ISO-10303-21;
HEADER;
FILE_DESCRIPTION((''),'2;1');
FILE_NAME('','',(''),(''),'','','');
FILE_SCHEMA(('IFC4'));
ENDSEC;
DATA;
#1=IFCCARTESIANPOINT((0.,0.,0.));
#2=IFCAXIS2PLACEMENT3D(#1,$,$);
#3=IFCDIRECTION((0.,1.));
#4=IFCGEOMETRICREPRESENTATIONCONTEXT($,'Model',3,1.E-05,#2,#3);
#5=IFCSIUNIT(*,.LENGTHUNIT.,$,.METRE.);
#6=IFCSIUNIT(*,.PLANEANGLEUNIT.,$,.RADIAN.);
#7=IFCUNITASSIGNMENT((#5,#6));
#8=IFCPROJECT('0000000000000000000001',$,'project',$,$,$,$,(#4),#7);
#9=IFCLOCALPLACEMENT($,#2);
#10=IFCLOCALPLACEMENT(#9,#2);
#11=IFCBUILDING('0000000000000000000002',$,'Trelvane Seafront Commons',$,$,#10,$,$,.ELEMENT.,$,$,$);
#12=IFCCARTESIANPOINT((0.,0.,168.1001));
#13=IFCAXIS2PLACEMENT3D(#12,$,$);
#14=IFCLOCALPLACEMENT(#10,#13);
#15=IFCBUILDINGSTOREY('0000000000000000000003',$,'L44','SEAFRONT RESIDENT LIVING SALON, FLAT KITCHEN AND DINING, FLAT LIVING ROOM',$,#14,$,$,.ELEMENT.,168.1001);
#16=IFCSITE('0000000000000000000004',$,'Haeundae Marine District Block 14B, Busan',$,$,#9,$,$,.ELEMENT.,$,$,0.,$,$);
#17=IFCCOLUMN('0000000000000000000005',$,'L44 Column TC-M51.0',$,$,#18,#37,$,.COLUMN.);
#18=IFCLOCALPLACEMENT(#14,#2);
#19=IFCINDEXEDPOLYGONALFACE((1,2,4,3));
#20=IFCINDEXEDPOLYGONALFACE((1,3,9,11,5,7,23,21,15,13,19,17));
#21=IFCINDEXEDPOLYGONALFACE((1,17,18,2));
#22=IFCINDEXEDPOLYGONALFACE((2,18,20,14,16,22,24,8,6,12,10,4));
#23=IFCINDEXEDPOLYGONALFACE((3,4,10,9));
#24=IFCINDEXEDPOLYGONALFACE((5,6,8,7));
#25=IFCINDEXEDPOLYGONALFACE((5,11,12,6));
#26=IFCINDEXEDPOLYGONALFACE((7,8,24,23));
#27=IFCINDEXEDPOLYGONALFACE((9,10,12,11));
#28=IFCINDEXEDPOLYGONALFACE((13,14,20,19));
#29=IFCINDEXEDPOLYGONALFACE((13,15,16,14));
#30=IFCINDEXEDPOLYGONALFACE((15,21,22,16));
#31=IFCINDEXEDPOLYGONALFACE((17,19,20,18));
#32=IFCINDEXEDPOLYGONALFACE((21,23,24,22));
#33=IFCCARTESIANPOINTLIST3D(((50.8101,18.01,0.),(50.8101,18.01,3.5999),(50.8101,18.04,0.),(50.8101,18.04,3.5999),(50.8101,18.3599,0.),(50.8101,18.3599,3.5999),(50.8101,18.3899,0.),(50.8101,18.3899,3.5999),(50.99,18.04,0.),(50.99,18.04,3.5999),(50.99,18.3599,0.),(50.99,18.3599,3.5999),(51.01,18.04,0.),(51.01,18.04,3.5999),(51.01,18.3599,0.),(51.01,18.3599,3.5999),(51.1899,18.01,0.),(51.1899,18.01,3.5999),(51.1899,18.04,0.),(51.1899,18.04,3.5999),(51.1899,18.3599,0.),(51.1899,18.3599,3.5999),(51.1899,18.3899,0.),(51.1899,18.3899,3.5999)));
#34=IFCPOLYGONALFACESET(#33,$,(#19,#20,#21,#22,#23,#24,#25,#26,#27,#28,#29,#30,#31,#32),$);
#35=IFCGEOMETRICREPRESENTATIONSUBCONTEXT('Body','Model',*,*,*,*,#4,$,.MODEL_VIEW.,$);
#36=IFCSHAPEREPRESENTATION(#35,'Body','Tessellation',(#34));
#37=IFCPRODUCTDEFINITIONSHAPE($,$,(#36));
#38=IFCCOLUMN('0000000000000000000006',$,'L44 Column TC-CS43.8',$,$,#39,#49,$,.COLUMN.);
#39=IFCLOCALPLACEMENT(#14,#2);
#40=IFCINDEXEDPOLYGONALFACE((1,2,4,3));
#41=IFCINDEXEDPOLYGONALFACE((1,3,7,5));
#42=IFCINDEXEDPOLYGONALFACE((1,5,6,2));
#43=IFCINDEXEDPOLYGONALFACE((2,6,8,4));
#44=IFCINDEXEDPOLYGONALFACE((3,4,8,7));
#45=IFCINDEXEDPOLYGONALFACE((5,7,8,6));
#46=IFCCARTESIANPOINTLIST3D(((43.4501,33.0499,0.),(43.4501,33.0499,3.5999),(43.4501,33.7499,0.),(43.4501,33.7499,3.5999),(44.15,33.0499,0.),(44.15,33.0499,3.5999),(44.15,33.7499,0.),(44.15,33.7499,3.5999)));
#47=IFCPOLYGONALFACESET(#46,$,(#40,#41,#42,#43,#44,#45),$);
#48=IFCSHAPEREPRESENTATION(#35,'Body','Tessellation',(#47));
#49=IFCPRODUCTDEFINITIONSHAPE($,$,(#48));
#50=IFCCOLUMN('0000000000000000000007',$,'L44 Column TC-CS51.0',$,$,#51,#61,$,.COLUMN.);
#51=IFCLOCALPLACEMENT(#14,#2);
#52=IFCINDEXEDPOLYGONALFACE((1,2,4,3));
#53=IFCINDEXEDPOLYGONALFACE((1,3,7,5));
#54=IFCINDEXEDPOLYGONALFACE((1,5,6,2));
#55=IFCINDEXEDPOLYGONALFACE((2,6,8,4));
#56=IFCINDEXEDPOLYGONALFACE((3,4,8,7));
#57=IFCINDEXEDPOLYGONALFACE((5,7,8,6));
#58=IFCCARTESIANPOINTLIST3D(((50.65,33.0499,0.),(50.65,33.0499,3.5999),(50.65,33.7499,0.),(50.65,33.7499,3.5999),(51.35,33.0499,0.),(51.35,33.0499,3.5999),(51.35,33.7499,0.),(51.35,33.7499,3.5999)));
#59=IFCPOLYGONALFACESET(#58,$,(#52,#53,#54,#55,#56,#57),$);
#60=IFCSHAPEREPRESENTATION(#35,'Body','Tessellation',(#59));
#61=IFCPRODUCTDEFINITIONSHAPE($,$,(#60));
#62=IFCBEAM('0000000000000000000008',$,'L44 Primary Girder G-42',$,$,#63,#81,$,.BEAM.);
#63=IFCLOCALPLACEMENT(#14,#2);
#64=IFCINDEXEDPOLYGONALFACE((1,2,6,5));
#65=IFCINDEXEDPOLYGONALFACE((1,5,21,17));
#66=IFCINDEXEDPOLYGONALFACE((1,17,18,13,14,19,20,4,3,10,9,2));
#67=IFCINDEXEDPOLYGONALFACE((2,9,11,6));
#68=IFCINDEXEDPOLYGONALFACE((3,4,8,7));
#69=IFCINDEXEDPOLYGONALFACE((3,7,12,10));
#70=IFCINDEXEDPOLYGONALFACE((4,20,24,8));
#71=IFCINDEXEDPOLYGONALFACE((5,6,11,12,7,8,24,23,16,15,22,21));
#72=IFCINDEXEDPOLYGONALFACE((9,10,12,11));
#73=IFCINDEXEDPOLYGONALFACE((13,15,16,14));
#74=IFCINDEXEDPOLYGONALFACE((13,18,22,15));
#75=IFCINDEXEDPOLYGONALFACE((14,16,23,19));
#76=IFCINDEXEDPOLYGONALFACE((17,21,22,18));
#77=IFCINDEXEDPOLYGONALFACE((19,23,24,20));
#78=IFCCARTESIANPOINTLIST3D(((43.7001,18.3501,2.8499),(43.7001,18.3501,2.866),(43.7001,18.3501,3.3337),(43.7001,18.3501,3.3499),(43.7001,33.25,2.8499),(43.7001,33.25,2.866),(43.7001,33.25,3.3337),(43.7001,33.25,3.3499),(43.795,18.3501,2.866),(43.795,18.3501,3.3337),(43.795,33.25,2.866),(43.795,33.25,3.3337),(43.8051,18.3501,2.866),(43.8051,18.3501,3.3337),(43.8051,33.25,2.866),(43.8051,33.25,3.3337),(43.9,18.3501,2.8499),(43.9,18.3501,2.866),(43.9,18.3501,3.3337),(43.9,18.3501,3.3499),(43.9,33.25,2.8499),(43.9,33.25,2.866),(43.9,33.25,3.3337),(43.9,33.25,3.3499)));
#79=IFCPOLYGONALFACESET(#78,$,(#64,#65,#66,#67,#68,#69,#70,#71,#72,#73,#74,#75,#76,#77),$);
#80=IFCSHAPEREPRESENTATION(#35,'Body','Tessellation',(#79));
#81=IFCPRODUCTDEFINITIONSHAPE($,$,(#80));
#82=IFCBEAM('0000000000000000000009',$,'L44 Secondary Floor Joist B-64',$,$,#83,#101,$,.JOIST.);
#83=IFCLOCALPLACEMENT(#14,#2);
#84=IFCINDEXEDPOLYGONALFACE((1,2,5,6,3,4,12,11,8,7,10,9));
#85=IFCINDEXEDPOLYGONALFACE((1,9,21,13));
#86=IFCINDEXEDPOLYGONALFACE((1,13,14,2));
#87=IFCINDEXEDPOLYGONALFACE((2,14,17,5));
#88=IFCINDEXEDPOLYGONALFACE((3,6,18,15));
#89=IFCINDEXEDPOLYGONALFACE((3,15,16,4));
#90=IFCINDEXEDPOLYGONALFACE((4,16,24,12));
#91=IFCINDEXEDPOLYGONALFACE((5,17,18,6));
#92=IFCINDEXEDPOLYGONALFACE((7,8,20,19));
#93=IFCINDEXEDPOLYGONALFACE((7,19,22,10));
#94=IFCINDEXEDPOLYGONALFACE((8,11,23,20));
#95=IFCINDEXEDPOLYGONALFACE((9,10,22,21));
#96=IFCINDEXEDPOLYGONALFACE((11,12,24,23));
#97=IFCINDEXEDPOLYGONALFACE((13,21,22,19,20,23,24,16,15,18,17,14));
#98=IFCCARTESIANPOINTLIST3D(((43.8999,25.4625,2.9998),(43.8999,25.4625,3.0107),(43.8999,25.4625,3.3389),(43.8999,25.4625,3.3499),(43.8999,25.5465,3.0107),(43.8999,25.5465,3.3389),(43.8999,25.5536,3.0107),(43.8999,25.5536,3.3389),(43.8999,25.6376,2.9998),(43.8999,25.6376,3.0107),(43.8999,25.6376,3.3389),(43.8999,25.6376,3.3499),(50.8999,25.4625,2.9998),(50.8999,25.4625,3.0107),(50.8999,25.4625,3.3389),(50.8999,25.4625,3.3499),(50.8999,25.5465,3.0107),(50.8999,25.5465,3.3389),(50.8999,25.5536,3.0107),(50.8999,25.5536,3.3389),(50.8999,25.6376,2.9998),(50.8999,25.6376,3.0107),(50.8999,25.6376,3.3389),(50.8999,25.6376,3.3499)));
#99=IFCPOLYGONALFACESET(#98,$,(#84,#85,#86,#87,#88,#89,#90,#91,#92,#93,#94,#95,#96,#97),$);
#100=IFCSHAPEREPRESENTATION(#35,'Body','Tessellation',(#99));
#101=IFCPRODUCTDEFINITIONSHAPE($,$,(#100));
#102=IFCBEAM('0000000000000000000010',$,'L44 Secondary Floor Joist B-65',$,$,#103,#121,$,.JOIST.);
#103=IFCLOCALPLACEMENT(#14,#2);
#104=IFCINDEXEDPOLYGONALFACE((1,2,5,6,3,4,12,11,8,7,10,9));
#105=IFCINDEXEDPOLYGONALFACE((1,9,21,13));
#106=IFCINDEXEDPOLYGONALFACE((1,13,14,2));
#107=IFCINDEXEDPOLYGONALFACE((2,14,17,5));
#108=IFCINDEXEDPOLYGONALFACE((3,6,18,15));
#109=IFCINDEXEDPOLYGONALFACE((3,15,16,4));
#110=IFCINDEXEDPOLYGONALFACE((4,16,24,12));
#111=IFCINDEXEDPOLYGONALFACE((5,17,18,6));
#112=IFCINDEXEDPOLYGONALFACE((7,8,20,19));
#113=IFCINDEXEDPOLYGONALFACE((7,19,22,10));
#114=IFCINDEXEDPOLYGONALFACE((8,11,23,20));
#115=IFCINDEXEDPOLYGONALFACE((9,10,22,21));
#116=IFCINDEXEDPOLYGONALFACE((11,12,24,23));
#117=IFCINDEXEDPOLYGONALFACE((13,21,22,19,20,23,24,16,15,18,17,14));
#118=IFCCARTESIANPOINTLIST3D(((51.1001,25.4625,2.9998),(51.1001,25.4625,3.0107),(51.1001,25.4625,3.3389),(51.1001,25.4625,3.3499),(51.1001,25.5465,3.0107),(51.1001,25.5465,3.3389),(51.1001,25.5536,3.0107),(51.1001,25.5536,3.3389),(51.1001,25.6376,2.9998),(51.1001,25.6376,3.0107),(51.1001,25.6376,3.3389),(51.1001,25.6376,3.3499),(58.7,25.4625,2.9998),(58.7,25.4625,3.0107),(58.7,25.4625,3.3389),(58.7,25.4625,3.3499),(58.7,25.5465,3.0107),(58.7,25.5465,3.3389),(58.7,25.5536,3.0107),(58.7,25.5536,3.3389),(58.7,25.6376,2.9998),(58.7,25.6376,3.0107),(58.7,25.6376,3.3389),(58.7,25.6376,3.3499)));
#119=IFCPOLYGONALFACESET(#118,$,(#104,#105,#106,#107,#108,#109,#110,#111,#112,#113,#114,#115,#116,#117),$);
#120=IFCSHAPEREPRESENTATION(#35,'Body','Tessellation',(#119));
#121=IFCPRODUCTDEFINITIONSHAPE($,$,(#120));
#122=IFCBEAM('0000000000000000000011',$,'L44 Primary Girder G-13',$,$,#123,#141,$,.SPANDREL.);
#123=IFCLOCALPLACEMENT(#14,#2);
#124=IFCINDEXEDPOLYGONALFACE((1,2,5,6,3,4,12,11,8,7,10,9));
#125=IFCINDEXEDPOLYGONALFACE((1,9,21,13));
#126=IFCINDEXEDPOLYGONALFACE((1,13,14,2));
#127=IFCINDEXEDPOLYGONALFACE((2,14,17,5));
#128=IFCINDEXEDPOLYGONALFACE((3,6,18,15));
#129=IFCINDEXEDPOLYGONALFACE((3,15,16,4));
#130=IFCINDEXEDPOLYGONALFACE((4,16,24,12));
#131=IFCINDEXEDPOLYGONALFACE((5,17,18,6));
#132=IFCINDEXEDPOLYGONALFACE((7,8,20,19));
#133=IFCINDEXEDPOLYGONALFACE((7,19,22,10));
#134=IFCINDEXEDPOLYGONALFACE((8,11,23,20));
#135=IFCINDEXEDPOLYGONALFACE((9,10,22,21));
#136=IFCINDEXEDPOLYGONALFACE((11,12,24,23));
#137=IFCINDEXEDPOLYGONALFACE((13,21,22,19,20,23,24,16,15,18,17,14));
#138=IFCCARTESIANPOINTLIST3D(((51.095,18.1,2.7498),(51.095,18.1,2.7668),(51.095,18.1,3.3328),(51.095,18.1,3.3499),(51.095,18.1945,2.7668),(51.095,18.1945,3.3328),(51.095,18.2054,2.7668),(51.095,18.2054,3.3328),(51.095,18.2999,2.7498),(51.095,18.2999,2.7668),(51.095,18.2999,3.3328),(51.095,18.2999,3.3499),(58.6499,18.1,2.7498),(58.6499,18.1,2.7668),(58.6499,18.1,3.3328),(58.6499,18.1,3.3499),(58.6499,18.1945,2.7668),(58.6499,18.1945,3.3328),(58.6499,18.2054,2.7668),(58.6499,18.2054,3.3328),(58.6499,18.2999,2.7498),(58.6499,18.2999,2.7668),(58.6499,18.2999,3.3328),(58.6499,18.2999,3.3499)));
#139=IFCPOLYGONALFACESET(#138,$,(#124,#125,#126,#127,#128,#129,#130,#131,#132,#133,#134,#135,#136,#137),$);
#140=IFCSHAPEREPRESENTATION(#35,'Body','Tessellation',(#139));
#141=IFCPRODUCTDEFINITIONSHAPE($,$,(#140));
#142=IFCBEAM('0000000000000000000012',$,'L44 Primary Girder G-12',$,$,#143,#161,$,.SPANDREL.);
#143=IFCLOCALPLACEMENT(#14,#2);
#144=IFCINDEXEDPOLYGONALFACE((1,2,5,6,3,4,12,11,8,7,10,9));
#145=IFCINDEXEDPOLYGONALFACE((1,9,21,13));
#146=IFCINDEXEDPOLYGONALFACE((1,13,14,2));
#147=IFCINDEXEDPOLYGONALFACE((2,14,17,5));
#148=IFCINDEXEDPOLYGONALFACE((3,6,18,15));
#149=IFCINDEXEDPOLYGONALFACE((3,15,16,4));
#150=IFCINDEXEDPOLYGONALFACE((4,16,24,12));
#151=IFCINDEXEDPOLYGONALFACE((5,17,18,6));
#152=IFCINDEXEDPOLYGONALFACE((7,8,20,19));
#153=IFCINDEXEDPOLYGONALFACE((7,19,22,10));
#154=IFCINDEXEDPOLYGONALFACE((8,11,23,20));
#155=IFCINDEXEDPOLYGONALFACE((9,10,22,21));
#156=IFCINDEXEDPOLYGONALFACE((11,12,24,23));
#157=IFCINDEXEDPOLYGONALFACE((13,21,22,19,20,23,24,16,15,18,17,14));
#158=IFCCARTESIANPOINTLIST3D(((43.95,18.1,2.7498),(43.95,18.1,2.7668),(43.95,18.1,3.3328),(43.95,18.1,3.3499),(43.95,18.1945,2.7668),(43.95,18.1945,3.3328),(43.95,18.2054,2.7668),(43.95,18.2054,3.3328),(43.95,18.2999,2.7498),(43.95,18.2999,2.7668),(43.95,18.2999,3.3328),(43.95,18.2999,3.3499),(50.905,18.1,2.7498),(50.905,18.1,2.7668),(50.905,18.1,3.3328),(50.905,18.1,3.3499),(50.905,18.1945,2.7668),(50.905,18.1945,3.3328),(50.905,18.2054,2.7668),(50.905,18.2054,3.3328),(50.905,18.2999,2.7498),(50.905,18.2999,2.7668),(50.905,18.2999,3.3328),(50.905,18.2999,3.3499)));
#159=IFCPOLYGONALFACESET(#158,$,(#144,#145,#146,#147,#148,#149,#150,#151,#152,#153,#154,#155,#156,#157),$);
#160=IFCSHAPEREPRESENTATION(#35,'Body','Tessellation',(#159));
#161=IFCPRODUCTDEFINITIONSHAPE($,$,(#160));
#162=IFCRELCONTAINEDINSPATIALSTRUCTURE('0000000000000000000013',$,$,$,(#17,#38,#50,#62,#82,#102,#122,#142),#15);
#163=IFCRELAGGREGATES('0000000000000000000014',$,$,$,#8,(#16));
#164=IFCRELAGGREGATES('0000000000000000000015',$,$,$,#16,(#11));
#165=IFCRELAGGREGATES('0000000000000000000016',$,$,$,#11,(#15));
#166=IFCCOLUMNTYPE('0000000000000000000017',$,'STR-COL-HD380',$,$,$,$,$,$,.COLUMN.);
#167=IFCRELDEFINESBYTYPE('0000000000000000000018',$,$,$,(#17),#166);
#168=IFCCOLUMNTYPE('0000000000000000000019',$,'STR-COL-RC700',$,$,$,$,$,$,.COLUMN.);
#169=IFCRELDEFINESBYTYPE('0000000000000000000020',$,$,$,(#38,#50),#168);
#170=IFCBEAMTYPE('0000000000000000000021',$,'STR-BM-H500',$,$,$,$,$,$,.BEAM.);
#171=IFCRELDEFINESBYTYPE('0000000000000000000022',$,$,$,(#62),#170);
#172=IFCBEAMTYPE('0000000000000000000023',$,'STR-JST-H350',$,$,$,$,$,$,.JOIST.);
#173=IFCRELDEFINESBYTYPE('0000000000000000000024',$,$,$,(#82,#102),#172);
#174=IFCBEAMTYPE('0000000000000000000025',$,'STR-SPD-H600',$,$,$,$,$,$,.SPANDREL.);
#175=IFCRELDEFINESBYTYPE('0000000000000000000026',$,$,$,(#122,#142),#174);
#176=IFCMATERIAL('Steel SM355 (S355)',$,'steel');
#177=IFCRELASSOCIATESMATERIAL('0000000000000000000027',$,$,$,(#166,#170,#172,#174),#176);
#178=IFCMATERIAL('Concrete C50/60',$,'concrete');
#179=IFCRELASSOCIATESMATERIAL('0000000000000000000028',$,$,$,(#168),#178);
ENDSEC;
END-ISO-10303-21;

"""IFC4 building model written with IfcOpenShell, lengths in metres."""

from ifc_helpers import new_model, si_unit, direction, frame, origin, origin_2d, place, context, subcontext, project, spatial, rectangle, i_section, extrude, source, transform, mapped, material, material_profile, profile_set, type_object, element, save


model = new_model("IFC4")

# Units and contexts
model_context = context("Model", 3, precision=1e-05, world=origin(), true_north=direction((0.0, 1.0)))
body_context = subcontext(model_context, "Body", "Model", "MODEL_VIEW")
ifc_project = project(units=[si_unit("LENGTHUNIT", "METRE"), si_unit("PLANEANGLEUNIT", "RADIAN")], contexts=[model_context])

# Site, building, storey
site_placement = place(None, origin())
site = spatial("IfcSite", under=ifc_project, at=site_placement, Name="Haeundae Marine District Block 14B, Busan", CompositionType="ELEMENT", RefElevation=0.0)
building_placement = place(site_placement, origin())
building = spatial("IfcBuilding", under=site, at=building_placement, Name="Trelvane Seafront Commons", CompositionType="ELEMENT")
storey_placement = place(building_placement, frame((0.0, 0.0, 168.1001)))
storey = spatial("IfcBuildingStorey", under=building, at=storey_placement, Name="L44", Description="SEAFRONT RESIDENT LIVING SALON, FLAT KITCHEN AND DINING, FLAT LIVING ROOM", CompositionType="ELEMENT", Elevation=168.1001)

# Columns
ifc_material_1 = material(Name="Steel SM355 (S355)", Category="steel")
ifc_material_profile_1 = material_profile(ifc_material_1, i_section(OverallWidth=0.3799, OverallDepth=0.3799, WebThickness=0.02, FlangeThickness=0.03, at=origin_2d()), Name="HD-380x380x20x30")
ifc_profile_set_1 = profile_set([ifc_material_profile_1], Name="Steel SM355 (S355)")
column_type_1 = type_object("IfcColumnType", Name="STR-COL-HD380", PredefinedType="COLUMN", material=ifc_profile_set_1)
shared_shape_1 = source(origin(), body_context, "Body", "SweptSolid", [
    extrude(i_section(OverallWidth=0.3799, OverallDepth=0.3799, WebThickness=0.02, FlangeThickness=0.03, at=origin_2d()), origin(), (0.0, 0.0, 1.0), 3.5999),
])
column_placement = place(storey_placement, frame((51.0, 18.2, 0.0), z_axis=(0.0, 0.0, 1.0), x_axis=(1.0, 0.0, 0.0)))
element("IfcColumn", 1, at=column_placement, inside=storey, type_object=column_type_1, Name="L44 Column TC-M51.0", PredefinedType="COLUMN", context=body_context, shape_type="MappedRepresentation", body=[
    mapped(shared_shape_1, transform((0.0, 0.0, 0.0), x_axis=(1.0, 0.0, 0.0), y_axis=(0.0, 1.0, 0.0), z_axis=(0.0, 0.0, 1.0), scale=1.0)),
])
ifc_material_2 = material(Name="Concrete C50/60", Category="concrete")
ifc_material_profile_2 = material_profile(ifc_material_2, rectangle(XDim=0.7, YDim=0.7, at=origin_2d()), Name="RC-700x700")
ifc_profile_set_2 = profile_set([ifc_material_profile_2], Name="Concrete C50/60")
column_type_2 = type_object("IfcColumnType", Name="STR-COL-RC700", PredefinedType="COLUMN", material=ifc_profile_set_2)
shared_shape_2 = source(origin(), body_context, "Body", "SweptSolid", [
    extrude(rectangle(XDim=0.7, YDim=0.7, at=origin_2d()), origin(), (0.0, 0.0, 1.0), 3.5999),
])
for number, where, z_axis, x_axis, name in (
    (2, (43.8, 33.3999, 0.0), (0.0, 0.0, 1.0), (1.0, 0.0, 0.0), "L44 Column TC-CS43.8"),
    (3, (51.0, 33.3999, 0.0), (0.0, 0.0, 1.0), (1.0, 0.0, 0.0), "L44 Column TC-CS51.0"),
):
    element("IfcColumn", number, at=place(storey_placement, frame(where, z_axis=z_axis, x_axis=x_axis)), inside=storey, type_object=column_type_2, Name=name, PredefinedType="COLUMN", context=body_context, shape_type="MappedRepresentation", body=[
        mapped(shared_shape_2, transform((0.0, 0.0, 0.0), x_axis=(1.0, 0.0, 0.0), y_axis=(0.0, 1.0, 0.0), z_axis=(0.0, 0.0, 1.0), scale=1.0)),
    ])

# Beams
ifc_material_profile_3 = material_profile(ifc_material_1, i_section(OverallWidth=0.2, OverallDepth=0.5, WebThickness=0.01, FlangeThickness=0.0161, at=origin_2d()), Name="H-500x200x10x16")
ifc_profile_set_3 = profile_set([ifc_material_profile_3], Name="Steel SM355 (S355)")
beam_type_1 = type_object("IfcBeamType", Name="STR-BM-H500", PredefinedType="BEAM", material=ifc_profile_set_3)
shared_shape_3 = source(origin(), body_context, "Body", "SweptSolid", [
    extrude(i_section(OverallWidth=0.2, OverallDepth=0.5, WebThickness=0.01, FlangeThickness=0.0161, at=origin_2d()), origin(), (0.0, 0.0, 1.0), 14.8999),
])
beam_1_placement = place(storey_placement, frame((43.8, 18.3501, 3.0999), z_axis=(0.0, 1.0, 0.0), x_axis=(-1.0, 0.0, 0.0)))
element("IfcBeam", 4, at=beam_1_placement, inside=storey, type_object=beam_type_1, Name="L44 Primary Girder G-42", PredefinedType="BEAM", context=body_context, shape_type="MappedRepresentation", body=[
    mapped(shared_shape_3, transform((0.0, 0.0, 0.0), x_axis=(1.0, 0.0, 0.0), y_axis=(0.0, 1.0, 0.0), z_axis=(0.0, 0.0, 1.0), scale=1.0)),
])
ifc_material_profile_4 = material_profile(ifc_material_1, i_section(OverallWidth=0.175, OverallDepth=0.3501, WebThickness=0.0071, FlangeThickness=0.011, at=origin_2d()), Name="H-350x175x7x11")
ifc_profile_set_4 = profile_set([ifc_material_profile_4], Name="Steel SM355 (S355)")
beam_type_2 = type_object("IfcBeamType", Name="STR-JST-H350", PredefinedType="JOIST", material=ifc_profile_set_4)
shared_shape_4 = source(origin(), body_context, "Body", "SweptSolid", [
    extrude(i_section(OverallWidth=0.175, OverallDepth=0.3501, WebThickness=0.0071, FlangeThickness=0.011, at=origin_2d()), origin(), (0.0, 0.0, 1.0), 7.0),
])
beam_2_placement = place(storey_placement, frame((43.8999, 25.55, 3.1748), z_axis=(1.0, 0.0, 0.0), x_axis=(0.0, 1.0, 0.0)))
element("IfcBeam", 5, at=beam_2_placement, inside=storey, type_object=beam_type_2, Name="L44 Secondary Floor Joist B-64", PredefinedType="JOIST", context=body_context, shape_type="MappedRepresentation", body=[
    mapped(shared_shape_4, transform((0.0, 0.0, 0.0), x_axis=(1.0, 0.0, 0.0), y_axis=(0.0, 1.0, 0.0), z_axis=(0.0, 0.0, 1.0), scale=1.0)),
])
shared_shape_5 = source(origin(), body_context, "Body", "SweptSolid", [
    extrude(i_section(OverallWidth=0.175, OverallDepth=0.3501, WebThickness=0.0071, FlangeThickness=0.011, at=origin_2d()), origin(), (0.0, 0.0, 1.0), 7.5999),
])
beam_3_placement = place(storey_placement, frame((51.1001, 25.55, 3.1748), z_axis=(1.0, 0.0, 0.0), x_axis=(0.0, 1.0, 0.0)))
element("IfcBeam", 6, at=beam_3_placement, inside=storey, type_object=beam_type_2, Name="L44 Secondary Floor Joist B-65", PredefinedType="JOIST", context=body_context, shape_type="MappedRepresentation", body=[
    mapped(shared_shape_5, transform((0.0, 0.0, 0.0), x_axis=(1.0, 0.0, 0.0), y_axis=(0.0, 1.0, 0.0), z_axis=(0.0, 0.0, 1.0), scale=1.0)),
])
ifc_material_profile_5 = material_profile(ifc_material_1, i_section(OverallWidth=0.2, OverallDepth=0.6001, WebThickness=0.011, FlangeThickness=0.0171, at=origin_2d()), Name="H-600x200x11x17")
ifc_profile_set_5 = profile_set([ifc_material_profile_5], Name="Steel SM355 (S355)")
beam_type_3 = type_object("IfcBeamType", Name="STR-SPD-H600", PredefinedType="SPANDREL", material=ifc_profile_set_5)
shared_shape_6 = source(origin(), body_context, "Body", "SweptSolid", [
    extrude(i_section(OverallWidth=0.2, OverallDepth=0.6001, WebThickness=0.011, FlangeThickness=0.0171, at=origin_2d()), origin(), (0.0, 0.0, 1.0), 7.5549),
])
beam_4_placement = place(storey_placement, frame((51.095, 18.2, 3.0498), z_axis=(1.0, 0.0, 0.0), x_axis=(0.0, 1.0, 0.0)))
element("IfcBeam", 7, at=beam_4_placement, inside=storey, type_object=beam_type_3, Name="L44 Primary Girder G-13", PredefinedType="SPANDREL", context=body_context, shape_type="MappedRepresentation", body=[
    mapped(shared_shape_6, transform((0.0, 0.0, 0.0), x_axis=(1.0, 0.0, 0.0), y_axis=(0.0, 1.0, 0.0), z_axis=(0.0, 0.0, 1.0), scale=1.0)),
])
shared_shape_7 = source(origin(), body_context, "Body", "SweptSolid", [
    extrude(i_section(OverallWidth=0.2, OverallDepth=0.6001, WebThickness=0.011, FlangeThickness=0.0171, at=origin_2d()), origin(), (0.0, 0.0, 1.0), 6.9551),
])
beam_5_placement = place(storey_placement, frame((43.95, 18.2, 3.0498), z_axis=(1.0, 0.0, 0.0), x_axis=(0.0, 1.0, 0.0)))
element("IfcBeam", 8, at=beam_5_placement, inside=storey, type_object=beam_type_3, Name="L44 Primary Girder G-12", PredefinedType="SPANDREL", context=body_context, shape_type="MappedRepresentation", body=[
    mapped(shared_shape_7, transform((0.0, 0.0, 0.0), x_axis=(1.0, 0.0, 0.0), y_axis=(0.0, 1.0, 0.0), z_axis=(0.0, 0.0, 1.0), scale=1.0)),
])

save(model, "model.ifc")
